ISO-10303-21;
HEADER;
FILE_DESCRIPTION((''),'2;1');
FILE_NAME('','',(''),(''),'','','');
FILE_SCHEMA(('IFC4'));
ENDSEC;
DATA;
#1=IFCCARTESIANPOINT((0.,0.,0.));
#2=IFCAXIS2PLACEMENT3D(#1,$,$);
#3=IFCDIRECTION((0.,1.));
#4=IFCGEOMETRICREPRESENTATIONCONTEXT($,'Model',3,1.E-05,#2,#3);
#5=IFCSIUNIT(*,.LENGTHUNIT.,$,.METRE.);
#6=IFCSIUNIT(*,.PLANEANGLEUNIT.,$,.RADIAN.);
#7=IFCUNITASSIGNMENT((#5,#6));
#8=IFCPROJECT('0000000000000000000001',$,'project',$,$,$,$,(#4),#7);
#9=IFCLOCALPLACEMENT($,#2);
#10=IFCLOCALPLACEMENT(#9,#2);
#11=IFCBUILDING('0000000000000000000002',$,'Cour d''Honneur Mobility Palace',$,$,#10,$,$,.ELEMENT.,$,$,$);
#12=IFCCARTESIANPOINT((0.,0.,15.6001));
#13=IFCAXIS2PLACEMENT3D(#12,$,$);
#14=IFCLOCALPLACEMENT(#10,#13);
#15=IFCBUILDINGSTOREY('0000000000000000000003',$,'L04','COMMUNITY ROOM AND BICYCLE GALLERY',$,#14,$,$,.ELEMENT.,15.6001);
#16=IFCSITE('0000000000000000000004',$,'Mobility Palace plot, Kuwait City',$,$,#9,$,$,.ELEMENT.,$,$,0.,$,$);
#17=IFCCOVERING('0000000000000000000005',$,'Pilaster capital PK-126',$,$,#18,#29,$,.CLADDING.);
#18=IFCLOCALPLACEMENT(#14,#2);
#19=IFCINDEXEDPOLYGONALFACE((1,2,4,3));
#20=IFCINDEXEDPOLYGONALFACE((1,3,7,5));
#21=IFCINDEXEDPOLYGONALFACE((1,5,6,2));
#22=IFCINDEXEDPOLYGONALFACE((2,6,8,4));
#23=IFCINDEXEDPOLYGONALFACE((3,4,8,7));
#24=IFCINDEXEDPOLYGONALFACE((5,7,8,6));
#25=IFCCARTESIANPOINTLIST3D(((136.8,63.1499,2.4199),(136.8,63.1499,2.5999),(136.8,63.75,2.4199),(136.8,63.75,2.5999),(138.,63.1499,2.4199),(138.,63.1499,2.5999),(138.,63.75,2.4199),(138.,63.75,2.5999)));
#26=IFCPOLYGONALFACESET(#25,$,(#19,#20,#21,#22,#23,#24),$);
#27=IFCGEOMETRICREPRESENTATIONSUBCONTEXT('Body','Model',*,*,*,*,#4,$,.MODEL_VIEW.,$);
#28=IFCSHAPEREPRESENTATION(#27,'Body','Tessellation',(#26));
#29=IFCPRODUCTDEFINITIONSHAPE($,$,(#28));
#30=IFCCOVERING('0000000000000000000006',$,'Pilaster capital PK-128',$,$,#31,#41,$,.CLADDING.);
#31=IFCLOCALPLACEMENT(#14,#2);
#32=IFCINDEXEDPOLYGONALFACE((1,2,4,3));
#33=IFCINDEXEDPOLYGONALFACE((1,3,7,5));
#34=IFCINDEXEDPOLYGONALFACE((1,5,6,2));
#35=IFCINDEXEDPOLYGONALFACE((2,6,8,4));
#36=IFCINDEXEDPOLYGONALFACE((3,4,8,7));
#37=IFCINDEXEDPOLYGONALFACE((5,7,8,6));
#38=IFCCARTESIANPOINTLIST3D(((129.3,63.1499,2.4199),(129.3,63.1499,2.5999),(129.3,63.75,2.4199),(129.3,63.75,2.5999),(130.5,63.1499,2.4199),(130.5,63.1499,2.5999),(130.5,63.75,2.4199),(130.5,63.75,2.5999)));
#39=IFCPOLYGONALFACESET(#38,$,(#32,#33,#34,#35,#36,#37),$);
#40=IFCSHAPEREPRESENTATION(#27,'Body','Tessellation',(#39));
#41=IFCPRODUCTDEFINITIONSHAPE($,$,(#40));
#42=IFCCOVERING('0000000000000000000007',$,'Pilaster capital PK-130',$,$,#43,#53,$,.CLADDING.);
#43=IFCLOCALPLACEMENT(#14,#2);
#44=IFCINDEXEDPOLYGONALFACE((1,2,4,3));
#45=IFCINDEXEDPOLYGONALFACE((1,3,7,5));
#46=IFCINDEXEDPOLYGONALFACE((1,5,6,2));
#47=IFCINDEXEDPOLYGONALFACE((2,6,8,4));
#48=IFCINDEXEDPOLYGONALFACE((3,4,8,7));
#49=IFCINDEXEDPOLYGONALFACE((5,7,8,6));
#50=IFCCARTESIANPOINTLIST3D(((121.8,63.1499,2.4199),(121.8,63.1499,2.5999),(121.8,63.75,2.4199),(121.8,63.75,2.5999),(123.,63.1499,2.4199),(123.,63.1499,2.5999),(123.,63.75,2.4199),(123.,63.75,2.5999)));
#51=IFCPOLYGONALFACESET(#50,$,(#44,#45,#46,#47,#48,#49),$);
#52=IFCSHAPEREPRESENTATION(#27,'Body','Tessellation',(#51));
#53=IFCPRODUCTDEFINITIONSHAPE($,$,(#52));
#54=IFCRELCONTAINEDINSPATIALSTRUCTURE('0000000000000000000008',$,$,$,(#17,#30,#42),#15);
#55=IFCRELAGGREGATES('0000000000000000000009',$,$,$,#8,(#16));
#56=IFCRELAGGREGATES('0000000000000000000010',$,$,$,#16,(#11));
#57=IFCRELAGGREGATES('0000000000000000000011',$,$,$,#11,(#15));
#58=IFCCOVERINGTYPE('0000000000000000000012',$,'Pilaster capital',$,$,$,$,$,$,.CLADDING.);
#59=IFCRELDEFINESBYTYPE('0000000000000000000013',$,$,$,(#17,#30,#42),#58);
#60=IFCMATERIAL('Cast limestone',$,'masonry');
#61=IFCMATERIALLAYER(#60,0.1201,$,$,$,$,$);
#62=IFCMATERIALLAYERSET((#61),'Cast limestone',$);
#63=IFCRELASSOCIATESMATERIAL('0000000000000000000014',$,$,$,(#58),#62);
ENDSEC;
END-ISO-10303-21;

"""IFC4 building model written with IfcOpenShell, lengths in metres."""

from ifc_helpers import new_model, si_unit, direction, frame, origin, place, context, subcontext, project, spatial, polyline, outline, extrude, material, layer, layer_set, type_object, element, save


model = new_model("IFC4")

# Units and contexts
model_context = context("Model", 3, precision=1e-05, world=origin(), true_north=direction((0.0, 1.0)))
body_context = subcontext(model_context, "Body", "Model", "MODEL_VIEW")
ifc_project = project(units=[si_unit("LENGTHUNIT", "METRE"), si_unit("PLANEANGLEUNIT", "RADIAN")], contexts=[model_context])

# Site, building, storey
site_placement = place(None, origin())
site = spatial("IfcSite", under=ifc_project, at=site_placement, Name="Mobility Palace plot, Kuwait City", CompositionType="ELEMENT", RefElevation=0.0)
building_placement = place(site_placement, origin())
building = spatial("IfcBuilding", under=site, at=building_placement, Name="Cour d'Honneur Mobility Palace", CompositionType="ELEMENT")
storey_placement = place(building_placement, frame((0.0, 0.0, 15.6001)))
storey = spatial("IfcBuildingStorey", under=building, at=storey_placement, Name="L04", Description="COMMUNITY ROOM AND BICYCLE GALLERY", CompositionType="ELEMENT", Elevation=15.6001)

# Coverings
ifc_material_1 = material(Name="Cast limestone", Category="masonry")
ifc_layer_1 = layer(ifc_material_1, 0.1201)
ifc_layer_set_1 = layer_set([ifc_layer_1], Name="Cast limestone")
covering_type_1 = type_object("IfcCoveringType", Name="Pilaster capital", PredefinedType="CLADDING", material=ifc_layer_set_1)
covering_1_placement = place(storey_placement, frame((0.0, 0.0, 2.4199)))
element("IfcCovering", 1, at=covering_1_placement, inside=storey, type_object=covering_type_1, Name="Pilaster capital PK-126", PredefinedType="CLADDING", context=body_context, shape_type="SweptSolid", body=[
    extrude(outline(polyline([(138.0, 63.1499), (136.8, 63.1499), (136.8, 63.75), (138.0, 63.75), (138.0, 63.1499)])), origin(), (0.0, 0.0, 1.0), 0.1799),
])
covering_2_placement = place(storey_placement, frame((0.0, 0.0, 2.4199)))
element("IfcCovering", 2, at=covering_2_placement, inside=storey, type_object=covering_type_1, Name="Pilaster capital PK-128", PredefinedType="CLADDING", context=body_context, shape_type="SweptSolid", body=[
    extrude(outline(polyline([(130.5, 63.1499), (129.3, 63.1499), (129.3, 63.75), (130.5, 63.75), (130.5, 63.1499)])), origin(), (0.0, 0.0, 1.0), 0.1799),
])
covering_3_placement = place(storey_placement, frame((0.0, 0.0, 2.4199)))
element("IfcCovering", 3, at=covering_3_placement, inside=storey, type_object=covering_type_1, Name="Pilaster capital PK-130", PredefinedType="CLADDING", context=body_context, shape_type="SweptSolid", body=[
    extrude(outline(polyline([(123.0, 63.1499), (121.8, 63.1499), (121.8, 63.75), (123.0, 63.75), (123.0, 63.1499)])), origin(), (0.0, 0.0, 1.0), 0.1799),
])

save(model, "model.ifc")
